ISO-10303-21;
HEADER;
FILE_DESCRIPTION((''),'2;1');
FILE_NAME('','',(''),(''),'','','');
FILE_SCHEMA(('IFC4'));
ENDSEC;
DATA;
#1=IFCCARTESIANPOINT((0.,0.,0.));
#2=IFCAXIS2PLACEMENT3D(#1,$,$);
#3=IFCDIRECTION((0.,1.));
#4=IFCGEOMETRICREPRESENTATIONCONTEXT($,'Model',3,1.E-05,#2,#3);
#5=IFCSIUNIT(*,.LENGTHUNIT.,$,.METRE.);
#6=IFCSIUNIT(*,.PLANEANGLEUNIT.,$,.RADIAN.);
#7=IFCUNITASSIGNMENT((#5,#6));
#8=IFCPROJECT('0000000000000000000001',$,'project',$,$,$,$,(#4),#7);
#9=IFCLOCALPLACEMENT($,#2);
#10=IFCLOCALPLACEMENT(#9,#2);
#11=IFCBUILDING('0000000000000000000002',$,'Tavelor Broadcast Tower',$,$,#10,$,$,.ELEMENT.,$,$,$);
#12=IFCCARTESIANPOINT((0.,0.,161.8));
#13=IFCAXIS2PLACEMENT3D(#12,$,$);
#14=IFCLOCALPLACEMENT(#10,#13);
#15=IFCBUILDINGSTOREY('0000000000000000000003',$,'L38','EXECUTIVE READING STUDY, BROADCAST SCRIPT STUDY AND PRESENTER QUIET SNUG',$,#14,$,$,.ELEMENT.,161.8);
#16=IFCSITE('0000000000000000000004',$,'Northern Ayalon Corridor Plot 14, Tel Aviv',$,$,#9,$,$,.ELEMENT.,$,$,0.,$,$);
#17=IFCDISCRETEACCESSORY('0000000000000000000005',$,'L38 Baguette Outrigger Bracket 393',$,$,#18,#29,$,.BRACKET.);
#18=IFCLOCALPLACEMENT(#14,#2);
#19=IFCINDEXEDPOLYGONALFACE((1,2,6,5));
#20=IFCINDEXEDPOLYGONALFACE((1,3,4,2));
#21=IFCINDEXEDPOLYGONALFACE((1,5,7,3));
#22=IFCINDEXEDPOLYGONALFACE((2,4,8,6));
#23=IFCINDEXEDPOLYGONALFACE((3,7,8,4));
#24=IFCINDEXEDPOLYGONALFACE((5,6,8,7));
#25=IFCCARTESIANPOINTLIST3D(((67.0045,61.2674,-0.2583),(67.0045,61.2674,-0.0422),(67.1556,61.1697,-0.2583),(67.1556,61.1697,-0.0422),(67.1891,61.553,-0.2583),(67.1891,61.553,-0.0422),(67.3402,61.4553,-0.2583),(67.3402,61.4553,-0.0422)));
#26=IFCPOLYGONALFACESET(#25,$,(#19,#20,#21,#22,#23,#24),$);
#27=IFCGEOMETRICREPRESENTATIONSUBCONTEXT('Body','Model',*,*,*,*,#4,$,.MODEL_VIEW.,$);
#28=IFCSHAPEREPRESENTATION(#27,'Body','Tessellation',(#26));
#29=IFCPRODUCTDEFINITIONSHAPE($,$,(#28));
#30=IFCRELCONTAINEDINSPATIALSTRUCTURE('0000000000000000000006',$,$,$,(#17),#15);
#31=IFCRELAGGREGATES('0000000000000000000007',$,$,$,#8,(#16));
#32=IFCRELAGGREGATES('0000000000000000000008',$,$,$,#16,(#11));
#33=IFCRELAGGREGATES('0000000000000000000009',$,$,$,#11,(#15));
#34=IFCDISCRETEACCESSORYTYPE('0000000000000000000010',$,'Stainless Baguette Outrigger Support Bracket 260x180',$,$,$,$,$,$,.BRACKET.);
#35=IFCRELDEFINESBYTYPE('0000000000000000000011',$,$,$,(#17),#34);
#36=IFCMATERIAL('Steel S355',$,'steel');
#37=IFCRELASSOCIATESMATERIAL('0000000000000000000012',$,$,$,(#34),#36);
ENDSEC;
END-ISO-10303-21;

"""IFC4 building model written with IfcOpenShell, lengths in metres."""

from ifc_helpers import new_model, si_unit, direction, frame, origin, origin_2d, place, context, subcontext, project, spatial, rectangle, extrude, source, transform, mapped, material, type_object, type_shapes, element, save


model = new_model("IFC4")

# Units and contexts
model_context = context("Model", 3, precision=1e-05, world=origin(), true_north=direction((0.0, 1.0)))
body_context = subcontext(model_context, "Body", "Model", "MODEL_VIEW")
ifc_project = project(units=[si_unit("LENGTHUNIT", "METRE"), si_unit("PLANEANGLEUNIT", "RADIAN")], contexts=[model_context])

# Site, building, storey
site_placement = place(None, origin())
site = spatial("IfcSite", under=ifc_project, at=site_placement, Name="Northern Ayalon Corridor Plot 14, Tel Aviv", CompositionType="ELEMENT", RefElevation=0.0)
building_placement = place(site_placement, origin())
building = spatial("IfcBuilding", under=site, at=building_placement, Name="Tavelor Broadcast Tower", CompositionType="ELEMENT")
storey_placement = place(building_placement, frame((0.0, 0.0, 161.8)))
storey = spatial("IfcBuildingStorey", under=building, at=storey_placement, Name="L38", Description="EXECUTIVE READING STUDY, BROADCAST SCRIPT STUDY AND PRESENTER QUIET SNUG", CompositionType="ELEMENT", Elevation=161.8)

# Shared definitions
ifc_material_1 = material(Name="Steel S355", Category="steel")

# Discrete accessory
discrete_accessory_type = type_object("IfcDiscreteAccessoryType", Name="Stainless Baguette Outrigger Support Bracket 260x180", PredefinedType="BRACKET", material=ifc_material_1)
shared_shape_1 = source(origin(), body_context, "Body", "SweptSolid", [
    extrude(rectangle(XDim=0.1799, YDim=0.3401, at=origin_2d()), origin(), (0.0, 0.0, 1.0), 0.2161),
])
type_shapes(discrete_accessory_type, [shared_shape_1])
discrete_accessory_placement = place(storey_placement, frame((67.1724, 61.3613, -0.2583), z_axis=(0.0, 0.0, 1.0), x_axis=(-0.839809, 0.542881, 0.0)))
element("IfcDiscreteAccessory", 1, at=discrete_accessory_placement, inside=storey, type_object=discrete_accessory_type, Name="L38 Baguette Outrigger Bracket 393", PredefinedType="BRACKET", context=body_context, shape_type="MappedRepresentation", body=[
    mapped(shared_shape_1, transform((0.0, 0.0, 0.0), scale=1.0)),
])

save(model, "model.ifc")
